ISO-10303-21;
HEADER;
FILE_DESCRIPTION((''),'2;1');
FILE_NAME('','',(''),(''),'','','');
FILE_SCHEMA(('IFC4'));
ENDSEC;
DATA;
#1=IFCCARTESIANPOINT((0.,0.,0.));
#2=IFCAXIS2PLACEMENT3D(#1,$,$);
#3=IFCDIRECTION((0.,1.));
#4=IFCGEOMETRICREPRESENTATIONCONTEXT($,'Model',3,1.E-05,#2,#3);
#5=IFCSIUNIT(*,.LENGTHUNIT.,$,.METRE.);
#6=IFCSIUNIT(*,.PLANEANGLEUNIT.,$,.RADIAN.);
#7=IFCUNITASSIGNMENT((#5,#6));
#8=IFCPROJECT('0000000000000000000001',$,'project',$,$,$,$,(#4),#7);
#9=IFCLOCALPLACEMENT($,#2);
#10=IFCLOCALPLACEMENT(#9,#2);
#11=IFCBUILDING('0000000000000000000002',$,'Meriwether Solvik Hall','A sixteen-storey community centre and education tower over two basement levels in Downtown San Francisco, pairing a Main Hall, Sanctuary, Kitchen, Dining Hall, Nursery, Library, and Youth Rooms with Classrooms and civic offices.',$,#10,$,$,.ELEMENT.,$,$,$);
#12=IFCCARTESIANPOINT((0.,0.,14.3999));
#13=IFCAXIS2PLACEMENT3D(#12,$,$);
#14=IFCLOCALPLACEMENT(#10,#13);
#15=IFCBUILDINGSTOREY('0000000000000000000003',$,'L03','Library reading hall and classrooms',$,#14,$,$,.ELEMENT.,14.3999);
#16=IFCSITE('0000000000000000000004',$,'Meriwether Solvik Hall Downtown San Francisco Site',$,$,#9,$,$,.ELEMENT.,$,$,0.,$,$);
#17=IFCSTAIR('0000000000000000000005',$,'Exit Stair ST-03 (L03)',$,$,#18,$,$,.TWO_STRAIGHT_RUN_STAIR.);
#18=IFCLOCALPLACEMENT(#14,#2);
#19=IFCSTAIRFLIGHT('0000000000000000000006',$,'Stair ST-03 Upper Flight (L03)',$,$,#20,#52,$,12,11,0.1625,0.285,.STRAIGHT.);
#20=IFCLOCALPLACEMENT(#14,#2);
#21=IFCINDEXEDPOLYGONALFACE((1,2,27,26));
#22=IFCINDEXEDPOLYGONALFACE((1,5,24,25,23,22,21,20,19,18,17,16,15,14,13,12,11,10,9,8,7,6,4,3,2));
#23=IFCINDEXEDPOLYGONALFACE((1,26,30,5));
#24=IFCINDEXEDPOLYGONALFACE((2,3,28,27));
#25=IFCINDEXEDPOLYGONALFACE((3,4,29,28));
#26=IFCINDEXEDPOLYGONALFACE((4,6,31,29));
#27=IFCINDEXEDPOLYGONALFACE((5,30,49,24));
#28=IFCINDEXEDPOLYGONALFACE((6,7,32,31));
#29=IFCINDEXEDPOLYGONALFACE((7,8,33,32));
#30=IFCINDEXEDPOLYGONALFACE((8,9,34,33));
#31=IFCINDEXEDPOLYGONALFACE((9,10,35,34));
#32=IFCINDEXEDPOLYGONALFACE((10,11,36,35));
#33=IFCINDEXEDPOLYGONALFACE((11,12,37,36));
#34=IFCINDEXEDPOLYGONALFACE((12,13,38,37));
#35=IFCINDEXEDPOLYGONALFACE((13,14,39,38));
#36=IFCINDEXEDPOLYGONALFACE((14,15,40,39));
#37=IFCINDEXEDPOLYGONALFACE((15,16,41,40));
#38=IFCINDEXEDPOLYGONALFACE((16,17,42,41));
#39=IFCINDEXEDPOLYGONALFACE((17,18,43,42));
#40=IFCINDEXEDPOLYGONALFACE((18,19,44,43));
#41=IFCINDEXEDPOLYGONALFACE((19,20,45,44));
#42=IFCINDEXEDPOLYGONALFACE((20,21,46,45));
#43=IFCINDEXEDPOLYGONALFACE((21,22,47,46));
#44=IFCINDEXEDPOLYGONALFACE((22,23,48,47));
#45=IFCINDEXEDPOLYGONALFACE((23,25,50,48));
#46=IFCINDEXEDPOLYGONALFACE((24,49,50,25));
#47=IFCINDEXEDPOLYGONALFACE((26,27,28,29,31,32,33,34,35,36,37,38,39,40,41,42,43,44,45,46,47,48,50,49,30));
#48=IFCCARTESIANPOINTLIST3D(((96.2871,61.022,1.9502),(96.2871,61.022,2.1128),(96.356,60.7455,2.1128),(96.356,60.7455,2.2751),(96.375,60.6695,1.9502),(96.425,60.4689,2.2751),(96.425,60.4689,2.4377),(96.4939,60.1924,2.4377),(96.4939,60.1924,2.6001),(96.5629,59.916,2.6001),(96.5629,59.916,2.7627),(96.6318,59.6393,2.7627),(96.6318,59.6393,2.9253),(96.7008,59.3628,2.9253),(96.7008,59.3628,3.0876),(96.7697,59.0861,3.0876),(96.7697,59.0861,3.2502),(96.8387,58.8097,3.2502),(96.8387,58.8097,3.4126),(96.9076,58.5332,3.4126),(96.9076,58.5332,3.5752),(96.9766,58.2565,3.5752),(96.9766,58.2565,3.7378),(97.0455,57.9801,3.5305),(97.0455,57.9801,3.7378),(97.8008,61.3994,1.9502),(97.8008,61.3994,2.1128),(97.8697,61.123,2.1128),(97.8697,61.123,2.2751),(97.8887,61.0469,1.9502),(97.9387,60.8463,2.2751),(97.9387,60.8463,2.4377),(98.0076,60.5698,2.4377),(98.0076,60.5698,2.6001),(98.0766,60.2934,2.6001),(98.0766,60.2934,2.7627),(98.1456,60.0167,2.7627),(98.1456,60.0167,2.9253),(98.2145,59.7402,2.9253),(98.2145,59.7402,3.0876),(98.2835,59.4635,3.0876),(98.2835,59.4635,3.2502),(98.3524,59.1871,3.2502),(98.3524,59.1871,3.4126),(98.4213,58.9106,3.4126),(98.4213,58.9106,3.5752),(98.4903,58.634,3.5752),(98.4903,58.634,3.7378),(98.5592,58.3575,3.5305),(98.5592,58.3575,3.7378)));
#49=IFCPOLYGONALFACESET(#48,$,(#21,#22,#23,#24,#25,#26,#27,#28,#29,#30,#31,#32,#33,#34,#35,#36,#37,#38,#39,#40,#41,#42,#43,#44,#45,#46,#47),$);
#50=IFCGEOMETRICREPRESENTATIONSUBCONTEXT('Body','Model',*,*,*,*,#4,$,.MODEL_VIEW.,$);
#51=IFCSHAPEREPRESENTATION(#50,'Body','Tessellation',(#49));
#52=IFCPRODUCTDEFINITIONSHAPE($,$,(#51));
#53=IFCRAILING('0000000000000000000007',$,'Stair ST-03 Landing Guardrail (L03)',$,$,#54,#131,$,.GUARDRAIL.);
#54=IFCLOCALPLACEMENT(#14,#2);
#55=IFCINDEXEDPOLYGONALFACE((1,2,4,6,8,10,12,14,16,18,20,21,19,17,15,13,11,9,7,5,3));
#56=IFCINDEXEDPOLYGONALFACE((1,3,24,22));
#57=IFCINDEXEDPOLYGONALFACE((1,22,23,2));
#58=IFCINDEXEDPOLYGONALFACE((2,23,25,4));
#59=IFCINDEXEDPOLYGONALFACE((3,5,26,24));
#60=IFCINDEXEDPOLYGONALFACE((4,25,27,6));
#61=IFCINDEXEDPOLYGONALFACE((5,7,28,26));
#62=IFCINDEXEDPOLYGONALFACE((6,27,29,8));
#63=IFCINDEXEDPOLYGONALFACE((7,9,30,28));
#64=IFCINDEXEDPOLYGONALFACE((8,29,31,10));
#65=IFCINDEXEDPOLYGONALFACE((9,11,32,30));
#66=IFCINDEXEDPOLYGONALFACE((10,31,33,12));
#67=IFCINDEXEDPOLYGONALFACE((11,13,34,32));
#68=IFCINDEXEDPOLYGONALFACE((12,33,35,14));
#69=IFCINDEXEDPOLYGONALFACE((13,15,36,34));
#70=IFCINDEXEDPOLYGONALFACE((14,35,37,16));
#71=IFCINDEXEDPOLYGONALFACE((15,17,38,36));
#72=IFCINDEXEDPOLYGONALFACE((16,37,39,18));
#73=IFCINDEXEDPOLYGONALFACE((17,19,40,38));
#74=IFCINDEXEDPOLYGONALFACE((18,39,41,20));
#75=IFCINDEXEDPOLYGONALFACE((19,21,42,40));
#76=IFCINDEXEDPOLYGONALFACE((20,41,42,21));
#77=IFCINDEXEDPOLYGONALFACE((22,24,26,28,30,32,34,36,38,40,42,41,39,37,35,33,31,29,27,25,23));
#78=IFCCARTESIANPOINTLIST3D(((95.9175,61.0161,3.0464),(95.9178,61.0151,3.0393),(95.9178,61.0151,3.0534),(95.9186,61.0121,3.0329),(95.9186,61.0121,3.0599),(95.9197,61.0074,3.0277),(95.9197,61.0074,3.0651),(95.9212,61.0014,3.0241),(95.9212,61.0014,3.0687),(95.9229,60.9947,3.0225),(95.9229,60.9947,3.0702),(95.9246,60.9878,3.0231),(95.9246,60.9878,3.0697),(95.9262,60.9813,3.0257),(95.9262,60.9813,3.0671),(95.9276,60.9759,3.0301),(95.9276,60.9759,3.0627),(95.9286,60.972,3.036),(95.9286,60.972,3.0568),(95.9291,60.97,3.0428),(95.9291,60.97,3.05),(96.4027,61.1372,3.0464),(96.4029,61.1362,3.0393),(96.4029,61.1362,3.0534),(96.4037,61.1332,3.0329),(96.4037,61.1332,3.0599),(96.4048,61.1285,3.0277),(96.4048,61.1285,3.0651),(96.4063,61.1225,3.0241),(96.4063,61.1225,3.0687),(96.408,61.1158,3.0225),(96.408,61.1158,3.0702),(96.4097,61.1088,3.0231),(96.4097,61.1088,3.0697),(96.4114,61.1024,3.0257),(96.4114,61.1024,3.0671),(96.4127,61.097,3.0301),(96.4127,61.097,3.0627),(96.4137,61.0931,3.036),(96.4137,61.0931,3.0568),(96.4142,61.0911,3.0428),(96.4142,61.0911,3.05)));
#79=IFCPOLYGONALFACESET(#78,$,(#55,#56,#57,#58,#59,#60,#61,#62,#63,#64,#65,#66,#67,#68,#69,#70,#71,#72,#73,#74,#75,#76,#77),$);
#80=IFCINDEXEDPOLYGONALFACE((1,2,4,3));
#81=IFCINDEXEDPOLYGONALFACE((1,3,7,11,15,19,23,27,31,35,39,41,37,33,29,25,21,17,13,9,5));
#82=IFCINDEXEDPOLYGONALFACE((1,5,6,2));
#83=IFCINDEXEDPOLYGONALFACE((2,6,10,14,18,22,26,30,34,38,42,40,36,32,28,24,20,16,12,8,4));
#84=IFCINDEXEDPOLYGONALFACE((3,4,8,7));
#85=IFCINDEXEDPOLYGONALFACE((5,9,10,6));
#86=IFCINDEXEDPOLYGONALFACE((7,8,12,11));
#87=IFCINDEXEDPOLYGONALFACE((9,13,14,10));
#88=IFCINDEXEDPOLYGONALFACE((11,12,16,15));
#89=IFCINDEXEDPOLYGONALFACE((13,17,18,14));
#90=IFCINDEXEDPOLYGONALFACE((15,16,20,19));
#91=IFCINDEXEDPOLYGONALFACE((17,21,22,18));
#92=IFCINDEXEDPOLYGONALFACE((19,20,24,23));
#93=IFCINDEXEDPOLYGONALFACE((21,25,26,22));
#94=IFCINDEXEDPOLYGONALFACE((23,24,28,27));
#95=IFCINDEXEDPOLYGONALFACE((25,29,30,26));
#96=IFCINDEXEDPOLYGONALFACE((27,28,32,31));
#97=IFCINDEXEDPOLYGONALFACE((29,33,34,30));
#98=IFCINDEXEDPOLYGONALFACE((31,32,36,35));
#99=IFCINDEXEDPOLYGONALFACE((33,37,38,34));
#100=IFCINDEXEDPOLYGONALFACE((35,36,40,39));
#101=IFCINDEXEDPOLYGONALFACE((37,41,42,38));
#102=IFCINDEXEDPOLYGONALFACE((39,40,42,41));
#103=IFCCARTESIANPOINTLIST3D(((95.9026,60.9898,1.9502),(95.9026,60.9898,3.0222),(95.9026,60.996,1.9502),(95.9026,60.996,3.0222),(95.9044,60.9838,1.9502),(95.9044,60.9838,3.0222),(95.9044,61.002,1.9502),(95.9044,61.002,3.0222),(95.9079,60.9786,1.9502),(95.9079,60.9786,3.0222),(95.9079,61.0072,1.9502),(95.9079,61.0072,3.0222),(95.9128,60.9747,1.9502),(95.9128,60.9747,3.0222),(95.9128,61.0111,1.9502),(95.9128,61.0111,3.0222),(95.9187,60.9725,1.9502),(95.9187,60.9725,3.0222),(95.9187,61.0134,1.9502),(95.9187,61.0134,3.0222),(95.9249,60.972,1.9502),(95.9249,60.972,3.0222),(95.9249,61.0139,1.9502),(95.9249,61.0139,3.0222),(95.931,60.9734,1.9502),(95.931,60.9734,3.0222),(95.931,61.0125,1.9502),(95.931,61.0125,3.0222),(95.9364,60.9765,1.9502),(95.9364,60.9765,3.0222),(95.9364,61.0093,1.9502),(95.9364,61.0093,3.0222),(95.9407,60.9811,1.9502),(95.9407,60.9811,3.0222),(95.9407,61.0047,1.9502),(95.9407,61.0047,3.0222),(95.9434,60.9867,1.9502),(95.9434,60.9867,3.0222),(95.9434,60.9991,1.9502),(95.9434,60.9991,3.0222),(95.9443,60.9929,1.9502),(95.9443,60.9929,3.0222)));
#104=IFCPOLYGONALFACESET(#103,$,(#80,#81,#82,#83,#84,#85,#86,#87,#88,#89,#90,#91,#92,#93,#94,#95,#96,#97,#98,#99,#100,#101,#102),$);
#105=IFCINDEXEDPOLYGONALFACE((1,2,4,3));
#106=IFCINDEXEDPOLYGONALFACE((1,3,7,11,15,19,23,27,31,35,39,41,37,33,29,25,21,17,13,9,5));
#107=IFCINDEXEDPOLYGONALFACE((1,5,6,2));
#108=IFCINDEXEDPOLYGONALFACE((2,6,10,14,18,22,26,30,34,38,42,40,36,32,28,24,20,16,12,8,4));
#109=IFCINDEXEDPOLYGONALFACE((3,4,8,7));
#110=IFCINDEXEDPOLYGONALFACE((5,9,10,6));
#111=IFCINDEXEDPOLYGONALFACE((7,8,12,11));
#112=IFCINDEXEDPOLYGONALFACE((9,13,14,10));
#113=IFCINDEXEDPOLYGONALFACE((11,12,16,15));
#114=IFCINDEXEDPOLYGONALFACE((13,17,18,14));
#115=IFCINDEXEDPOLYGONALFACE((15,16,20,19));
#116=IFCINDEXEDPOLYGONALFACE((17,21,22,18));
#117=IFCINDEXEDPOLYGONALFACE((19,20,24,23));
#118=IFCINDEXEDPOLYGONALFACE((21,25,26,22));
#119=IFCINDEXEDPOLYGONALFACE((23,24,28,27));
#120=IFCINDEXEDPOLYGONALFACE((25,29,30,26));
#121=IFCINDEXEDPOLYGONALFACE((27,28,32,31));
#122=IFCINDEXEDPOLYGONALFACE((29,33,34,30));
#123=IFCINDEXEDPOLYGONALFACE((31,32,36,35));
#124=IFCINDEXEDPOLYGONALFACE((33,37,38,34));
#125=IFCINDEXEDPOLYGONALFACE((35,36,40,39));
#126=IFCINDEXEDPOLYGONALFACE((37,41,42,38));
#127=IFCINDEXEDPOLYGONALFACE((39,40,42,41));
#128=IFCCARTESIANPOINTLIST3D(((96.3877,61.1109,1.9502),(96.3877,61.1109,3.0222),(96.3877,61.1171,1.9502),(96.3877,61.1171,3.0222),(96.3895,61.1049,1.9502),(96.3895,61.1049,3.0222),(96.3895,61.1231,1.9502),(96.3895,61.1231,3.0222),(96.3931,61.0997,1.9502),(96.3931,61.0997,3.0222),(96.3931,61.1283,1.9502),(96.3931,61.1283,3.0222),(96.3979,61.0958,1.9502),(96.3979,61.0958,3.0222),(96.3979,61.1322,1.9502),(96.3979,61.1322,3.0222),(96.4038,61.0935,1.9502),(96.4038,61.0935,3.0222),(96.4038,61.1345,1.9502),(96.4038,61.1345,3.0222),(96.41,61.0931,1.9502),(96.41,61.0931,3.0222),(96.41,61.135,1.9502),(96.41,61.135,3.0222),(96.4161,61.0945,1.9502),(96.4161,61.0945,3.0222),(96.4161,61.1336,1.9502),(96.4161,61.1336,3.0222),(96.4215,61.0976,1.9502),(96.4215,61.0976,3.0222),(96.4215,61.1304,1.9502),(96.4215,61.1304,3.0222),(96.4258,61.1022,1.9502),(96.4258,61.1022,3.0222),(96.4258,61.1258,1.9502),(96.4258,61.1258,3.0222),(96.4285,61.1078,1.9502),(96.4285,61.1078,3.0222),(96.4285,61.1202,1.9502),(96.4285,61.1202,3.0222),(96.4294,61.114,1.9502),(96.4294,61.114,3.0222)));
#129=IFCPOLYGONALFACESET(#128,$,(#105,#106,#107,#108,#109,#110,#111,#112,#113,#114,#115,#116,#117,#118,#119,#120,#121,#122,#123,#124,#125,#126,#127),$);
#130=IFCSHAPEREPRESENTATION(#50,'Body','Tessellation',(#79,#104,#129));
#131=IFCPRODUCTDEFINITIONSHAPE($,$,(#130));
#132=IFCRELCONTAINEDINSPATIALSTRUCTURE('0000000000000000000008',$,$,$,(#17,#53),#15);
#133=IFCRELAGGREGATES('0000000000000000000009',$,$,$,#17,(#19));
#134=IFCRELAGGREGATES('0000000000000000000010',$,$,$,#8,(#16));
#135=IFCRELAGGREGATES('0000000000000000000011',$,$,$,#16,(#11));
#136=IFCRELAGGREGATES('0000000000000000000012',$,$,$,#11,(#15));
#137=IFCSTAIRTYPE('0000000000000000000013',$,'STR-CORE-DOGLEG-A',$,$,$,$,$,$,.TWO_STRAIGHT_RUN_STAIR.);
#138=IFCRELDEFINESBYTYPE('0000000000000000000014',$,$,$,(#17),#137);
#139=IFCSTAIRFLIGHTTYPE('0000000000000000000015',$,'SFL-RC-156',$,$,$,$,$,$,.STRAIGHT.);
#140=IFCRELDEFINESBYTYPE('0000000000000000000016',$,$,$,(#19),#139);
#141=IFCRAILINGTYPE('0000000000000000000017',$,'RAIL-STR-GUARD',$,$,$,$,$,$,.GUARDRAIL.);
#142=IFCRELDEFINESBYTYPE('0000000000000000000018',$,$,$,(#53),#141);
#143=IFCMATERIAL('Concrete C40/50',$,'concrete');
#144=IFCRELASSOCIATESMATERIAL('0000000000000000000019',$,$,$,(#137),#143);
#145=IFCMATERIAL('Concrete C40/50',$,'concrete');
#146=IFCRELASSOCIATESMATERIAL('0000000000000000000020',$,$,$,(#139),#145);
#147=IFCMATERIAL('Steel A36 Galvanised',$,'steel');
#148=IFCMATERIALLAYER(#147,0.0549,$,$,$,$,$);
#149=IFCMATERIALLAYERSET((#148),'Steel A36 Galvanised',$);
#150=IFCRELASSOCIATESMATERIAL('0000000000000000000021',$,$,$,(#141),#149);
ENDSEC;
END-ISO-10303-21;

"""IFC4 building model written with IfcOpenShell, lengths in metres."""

from ifc_helpers import new_model, si_unit, direction, frame, origin, origin_2d, place, context, subcontext, project, spatial, polyline, circle, outline, extrude, material, layer, layer_set, type_object, element, aggregate, save


model = new_model("IFC4")

# Units and contexts
model_context = context("Model", 3, precision=1e-05, world=origin(), true_north=direction((0.0, 1.0)))
body_context = subcontext(model_context, "Body", "Model", "MODEL_VIEW")
ifc_project = project(units=[si_unit("LENGTHUNIT", "METRE"), si_unit("PLANEANGLEUNIT", "RADIAN")], contexts=[model_context])

# Site, building, storey
site_placement = place(None, origin())
site = spatial("IfcSite", under=ifc_project, at=site_placement, Name="Meriwether Solvik Hall Downtown San Francisco Site", CompositionType="ELEMENT", RefElevation=0.0)
building_placement = place(site_placement, origin())
building = spatial("IfcBuilding", under=site, at=building_placement, Name="Meriwether Solvik Hall", Description="A sixteen-storey community centre and education tower over two basement levels in Downtown San Francisco, pairing a Main Hall, Sanctuary, Kitchen, Dining Hall, Nursery, Library, and Youth Rooms with Classrooms and civic offices.", CompositionType="ELEMENT")
storey_placement = place(building_placement, frame((0.0, 0.0, 14.3999)))
storey = spatial("IfcBuildingStorey", under=building, at=storey_placement, Name="L03", Description="Library reading hall and classrooms", CompositionType="ELEMENT", Elevation=14.3999)

# Stair, stair flight
ifc_material_1 = material(Name="Concrete C40/50", Category="concrete")
stair_type = type_object("IfcStairType", Name="STR-CORE-DOGLEG-A", PredefinedType="TWO_STRAIGHT_RUN_STAIR", material=ifc_material_1)
stair_placement = place(storey_placement, origin())
stair = element("IfcStair", 1, at=stair_placement, inside=storey, type_object=stair_type, Name="Exit Stair ST-03 (L03)", PredefinedType="TWO_STRAIGHT_RUN_STAIR")
ifc_material_2 = material(Name="Concrete C40/50", Category="concrete")
stair_flight_type = type_object("IfcStairFlightType", Name="SFL-RC-156", PredefinedType="STRAIGHT", material=ifc_material_2)
stair_flight_placement = place(storey_placement, frame((97.0439, 61.2107, 1.9502), z_axis=(0.0, 0.0, 1.0), x_axis=(0.241922, -0.970296, 0.0)))
stair_flight = element("IfcStairFlight", 2, at=stair_flight_placement, type_object=stair_flight_type, Name="Stair ST-03 Upper Flight (L03)", NumberOfRisers=12, NumberOfTreads=11, PredefinedType="STRAIGHT", RiserHeight=0.1625, TreadLength=0.285, context=body_context, shape_type="SweptSolid", body=[
    extrude(outline(polyline([(0.0, 0.0), (0.0, 0.1626), (0.2849, 0.1626), (0.2849, 0.325), (0.5701, 0.325), (0.5701, 0.4875), (0.855, 0.4875), (0.855, 0.6499), (1.1399, 0.6499), (1.1399, 0.8125), (1.425, 0.8125), (1.425, 0.9751), (1.71, 0.9751), (1.71, 1.1375), (1.9951, 1.1375), (1.9951, 1.3), (2.28, 1.3), (2.28, 1.4624), (2.5649, 1.4624), (2.5649, 1.625), (2.8501, 1.625), (2.8501, 1.7876), (3.135, 1.7876), (3.135, 1.95), (3.135, 1.5803), (0.3633, 0.0), (0.0, 0.0)])), frame((0.0, 0.78, 0.0), z_axis=(0.0, -1.0, 0.0), x_axis=(1.0, 0.0, 0.0)), (0.0, 0.0, 1.0), 1.5601),
])
aggregate(stair, [stair_flight])

# Railing
ifc_material_3 = material(Name="Steel A36 Galvanised", Category="steel")
ifc_layer_1 = layer(ifc_material_3, 0.0549)
ifc_layer_set_1 = layer_set([ifc_layer_1], Name="Steel A36 Galvanised")
railing_type_1 = type_object("IfcRailingType", Name="RAIL-STR-GUARD", PredefinedType="GUARDRAIL", material=ifc_layer_set_1)
railing_1_placement = place(storey_placement, frame((95.9233, 60.9929, 1.9502)))
element("IfcRailing", 3, at=railing_1_placement, inside=storey, type_object=railing_type_1, Name="Stair ST-03 Landing Guardrail (L03)", PredefinedType="GUARDRAIL", context=body_context, shape_type="SweptSolid", body=[
    extrude(circle(Radius=0.0239, at=origin_2d()), frame((0.0, 0.0, 1.0962), z_axis=(0.970229, 0.242191, 0.0), x_axis=(-0.242191, 0.970229, 0.0)), (0.0, 0.0, 1.0), 0.5),
    extrude(circle(Radius=0.021, at=origin_2d()), origin(), (0.0, 0.0, 1.0), 1.072),
    extrude(circle(Radius=0.021, at=origin_2d()), frame((0.4851, 0.1211, 0.0)), (0.0, 0.0, 1.0), 1.072),
])

save(model, "model.ifc")
